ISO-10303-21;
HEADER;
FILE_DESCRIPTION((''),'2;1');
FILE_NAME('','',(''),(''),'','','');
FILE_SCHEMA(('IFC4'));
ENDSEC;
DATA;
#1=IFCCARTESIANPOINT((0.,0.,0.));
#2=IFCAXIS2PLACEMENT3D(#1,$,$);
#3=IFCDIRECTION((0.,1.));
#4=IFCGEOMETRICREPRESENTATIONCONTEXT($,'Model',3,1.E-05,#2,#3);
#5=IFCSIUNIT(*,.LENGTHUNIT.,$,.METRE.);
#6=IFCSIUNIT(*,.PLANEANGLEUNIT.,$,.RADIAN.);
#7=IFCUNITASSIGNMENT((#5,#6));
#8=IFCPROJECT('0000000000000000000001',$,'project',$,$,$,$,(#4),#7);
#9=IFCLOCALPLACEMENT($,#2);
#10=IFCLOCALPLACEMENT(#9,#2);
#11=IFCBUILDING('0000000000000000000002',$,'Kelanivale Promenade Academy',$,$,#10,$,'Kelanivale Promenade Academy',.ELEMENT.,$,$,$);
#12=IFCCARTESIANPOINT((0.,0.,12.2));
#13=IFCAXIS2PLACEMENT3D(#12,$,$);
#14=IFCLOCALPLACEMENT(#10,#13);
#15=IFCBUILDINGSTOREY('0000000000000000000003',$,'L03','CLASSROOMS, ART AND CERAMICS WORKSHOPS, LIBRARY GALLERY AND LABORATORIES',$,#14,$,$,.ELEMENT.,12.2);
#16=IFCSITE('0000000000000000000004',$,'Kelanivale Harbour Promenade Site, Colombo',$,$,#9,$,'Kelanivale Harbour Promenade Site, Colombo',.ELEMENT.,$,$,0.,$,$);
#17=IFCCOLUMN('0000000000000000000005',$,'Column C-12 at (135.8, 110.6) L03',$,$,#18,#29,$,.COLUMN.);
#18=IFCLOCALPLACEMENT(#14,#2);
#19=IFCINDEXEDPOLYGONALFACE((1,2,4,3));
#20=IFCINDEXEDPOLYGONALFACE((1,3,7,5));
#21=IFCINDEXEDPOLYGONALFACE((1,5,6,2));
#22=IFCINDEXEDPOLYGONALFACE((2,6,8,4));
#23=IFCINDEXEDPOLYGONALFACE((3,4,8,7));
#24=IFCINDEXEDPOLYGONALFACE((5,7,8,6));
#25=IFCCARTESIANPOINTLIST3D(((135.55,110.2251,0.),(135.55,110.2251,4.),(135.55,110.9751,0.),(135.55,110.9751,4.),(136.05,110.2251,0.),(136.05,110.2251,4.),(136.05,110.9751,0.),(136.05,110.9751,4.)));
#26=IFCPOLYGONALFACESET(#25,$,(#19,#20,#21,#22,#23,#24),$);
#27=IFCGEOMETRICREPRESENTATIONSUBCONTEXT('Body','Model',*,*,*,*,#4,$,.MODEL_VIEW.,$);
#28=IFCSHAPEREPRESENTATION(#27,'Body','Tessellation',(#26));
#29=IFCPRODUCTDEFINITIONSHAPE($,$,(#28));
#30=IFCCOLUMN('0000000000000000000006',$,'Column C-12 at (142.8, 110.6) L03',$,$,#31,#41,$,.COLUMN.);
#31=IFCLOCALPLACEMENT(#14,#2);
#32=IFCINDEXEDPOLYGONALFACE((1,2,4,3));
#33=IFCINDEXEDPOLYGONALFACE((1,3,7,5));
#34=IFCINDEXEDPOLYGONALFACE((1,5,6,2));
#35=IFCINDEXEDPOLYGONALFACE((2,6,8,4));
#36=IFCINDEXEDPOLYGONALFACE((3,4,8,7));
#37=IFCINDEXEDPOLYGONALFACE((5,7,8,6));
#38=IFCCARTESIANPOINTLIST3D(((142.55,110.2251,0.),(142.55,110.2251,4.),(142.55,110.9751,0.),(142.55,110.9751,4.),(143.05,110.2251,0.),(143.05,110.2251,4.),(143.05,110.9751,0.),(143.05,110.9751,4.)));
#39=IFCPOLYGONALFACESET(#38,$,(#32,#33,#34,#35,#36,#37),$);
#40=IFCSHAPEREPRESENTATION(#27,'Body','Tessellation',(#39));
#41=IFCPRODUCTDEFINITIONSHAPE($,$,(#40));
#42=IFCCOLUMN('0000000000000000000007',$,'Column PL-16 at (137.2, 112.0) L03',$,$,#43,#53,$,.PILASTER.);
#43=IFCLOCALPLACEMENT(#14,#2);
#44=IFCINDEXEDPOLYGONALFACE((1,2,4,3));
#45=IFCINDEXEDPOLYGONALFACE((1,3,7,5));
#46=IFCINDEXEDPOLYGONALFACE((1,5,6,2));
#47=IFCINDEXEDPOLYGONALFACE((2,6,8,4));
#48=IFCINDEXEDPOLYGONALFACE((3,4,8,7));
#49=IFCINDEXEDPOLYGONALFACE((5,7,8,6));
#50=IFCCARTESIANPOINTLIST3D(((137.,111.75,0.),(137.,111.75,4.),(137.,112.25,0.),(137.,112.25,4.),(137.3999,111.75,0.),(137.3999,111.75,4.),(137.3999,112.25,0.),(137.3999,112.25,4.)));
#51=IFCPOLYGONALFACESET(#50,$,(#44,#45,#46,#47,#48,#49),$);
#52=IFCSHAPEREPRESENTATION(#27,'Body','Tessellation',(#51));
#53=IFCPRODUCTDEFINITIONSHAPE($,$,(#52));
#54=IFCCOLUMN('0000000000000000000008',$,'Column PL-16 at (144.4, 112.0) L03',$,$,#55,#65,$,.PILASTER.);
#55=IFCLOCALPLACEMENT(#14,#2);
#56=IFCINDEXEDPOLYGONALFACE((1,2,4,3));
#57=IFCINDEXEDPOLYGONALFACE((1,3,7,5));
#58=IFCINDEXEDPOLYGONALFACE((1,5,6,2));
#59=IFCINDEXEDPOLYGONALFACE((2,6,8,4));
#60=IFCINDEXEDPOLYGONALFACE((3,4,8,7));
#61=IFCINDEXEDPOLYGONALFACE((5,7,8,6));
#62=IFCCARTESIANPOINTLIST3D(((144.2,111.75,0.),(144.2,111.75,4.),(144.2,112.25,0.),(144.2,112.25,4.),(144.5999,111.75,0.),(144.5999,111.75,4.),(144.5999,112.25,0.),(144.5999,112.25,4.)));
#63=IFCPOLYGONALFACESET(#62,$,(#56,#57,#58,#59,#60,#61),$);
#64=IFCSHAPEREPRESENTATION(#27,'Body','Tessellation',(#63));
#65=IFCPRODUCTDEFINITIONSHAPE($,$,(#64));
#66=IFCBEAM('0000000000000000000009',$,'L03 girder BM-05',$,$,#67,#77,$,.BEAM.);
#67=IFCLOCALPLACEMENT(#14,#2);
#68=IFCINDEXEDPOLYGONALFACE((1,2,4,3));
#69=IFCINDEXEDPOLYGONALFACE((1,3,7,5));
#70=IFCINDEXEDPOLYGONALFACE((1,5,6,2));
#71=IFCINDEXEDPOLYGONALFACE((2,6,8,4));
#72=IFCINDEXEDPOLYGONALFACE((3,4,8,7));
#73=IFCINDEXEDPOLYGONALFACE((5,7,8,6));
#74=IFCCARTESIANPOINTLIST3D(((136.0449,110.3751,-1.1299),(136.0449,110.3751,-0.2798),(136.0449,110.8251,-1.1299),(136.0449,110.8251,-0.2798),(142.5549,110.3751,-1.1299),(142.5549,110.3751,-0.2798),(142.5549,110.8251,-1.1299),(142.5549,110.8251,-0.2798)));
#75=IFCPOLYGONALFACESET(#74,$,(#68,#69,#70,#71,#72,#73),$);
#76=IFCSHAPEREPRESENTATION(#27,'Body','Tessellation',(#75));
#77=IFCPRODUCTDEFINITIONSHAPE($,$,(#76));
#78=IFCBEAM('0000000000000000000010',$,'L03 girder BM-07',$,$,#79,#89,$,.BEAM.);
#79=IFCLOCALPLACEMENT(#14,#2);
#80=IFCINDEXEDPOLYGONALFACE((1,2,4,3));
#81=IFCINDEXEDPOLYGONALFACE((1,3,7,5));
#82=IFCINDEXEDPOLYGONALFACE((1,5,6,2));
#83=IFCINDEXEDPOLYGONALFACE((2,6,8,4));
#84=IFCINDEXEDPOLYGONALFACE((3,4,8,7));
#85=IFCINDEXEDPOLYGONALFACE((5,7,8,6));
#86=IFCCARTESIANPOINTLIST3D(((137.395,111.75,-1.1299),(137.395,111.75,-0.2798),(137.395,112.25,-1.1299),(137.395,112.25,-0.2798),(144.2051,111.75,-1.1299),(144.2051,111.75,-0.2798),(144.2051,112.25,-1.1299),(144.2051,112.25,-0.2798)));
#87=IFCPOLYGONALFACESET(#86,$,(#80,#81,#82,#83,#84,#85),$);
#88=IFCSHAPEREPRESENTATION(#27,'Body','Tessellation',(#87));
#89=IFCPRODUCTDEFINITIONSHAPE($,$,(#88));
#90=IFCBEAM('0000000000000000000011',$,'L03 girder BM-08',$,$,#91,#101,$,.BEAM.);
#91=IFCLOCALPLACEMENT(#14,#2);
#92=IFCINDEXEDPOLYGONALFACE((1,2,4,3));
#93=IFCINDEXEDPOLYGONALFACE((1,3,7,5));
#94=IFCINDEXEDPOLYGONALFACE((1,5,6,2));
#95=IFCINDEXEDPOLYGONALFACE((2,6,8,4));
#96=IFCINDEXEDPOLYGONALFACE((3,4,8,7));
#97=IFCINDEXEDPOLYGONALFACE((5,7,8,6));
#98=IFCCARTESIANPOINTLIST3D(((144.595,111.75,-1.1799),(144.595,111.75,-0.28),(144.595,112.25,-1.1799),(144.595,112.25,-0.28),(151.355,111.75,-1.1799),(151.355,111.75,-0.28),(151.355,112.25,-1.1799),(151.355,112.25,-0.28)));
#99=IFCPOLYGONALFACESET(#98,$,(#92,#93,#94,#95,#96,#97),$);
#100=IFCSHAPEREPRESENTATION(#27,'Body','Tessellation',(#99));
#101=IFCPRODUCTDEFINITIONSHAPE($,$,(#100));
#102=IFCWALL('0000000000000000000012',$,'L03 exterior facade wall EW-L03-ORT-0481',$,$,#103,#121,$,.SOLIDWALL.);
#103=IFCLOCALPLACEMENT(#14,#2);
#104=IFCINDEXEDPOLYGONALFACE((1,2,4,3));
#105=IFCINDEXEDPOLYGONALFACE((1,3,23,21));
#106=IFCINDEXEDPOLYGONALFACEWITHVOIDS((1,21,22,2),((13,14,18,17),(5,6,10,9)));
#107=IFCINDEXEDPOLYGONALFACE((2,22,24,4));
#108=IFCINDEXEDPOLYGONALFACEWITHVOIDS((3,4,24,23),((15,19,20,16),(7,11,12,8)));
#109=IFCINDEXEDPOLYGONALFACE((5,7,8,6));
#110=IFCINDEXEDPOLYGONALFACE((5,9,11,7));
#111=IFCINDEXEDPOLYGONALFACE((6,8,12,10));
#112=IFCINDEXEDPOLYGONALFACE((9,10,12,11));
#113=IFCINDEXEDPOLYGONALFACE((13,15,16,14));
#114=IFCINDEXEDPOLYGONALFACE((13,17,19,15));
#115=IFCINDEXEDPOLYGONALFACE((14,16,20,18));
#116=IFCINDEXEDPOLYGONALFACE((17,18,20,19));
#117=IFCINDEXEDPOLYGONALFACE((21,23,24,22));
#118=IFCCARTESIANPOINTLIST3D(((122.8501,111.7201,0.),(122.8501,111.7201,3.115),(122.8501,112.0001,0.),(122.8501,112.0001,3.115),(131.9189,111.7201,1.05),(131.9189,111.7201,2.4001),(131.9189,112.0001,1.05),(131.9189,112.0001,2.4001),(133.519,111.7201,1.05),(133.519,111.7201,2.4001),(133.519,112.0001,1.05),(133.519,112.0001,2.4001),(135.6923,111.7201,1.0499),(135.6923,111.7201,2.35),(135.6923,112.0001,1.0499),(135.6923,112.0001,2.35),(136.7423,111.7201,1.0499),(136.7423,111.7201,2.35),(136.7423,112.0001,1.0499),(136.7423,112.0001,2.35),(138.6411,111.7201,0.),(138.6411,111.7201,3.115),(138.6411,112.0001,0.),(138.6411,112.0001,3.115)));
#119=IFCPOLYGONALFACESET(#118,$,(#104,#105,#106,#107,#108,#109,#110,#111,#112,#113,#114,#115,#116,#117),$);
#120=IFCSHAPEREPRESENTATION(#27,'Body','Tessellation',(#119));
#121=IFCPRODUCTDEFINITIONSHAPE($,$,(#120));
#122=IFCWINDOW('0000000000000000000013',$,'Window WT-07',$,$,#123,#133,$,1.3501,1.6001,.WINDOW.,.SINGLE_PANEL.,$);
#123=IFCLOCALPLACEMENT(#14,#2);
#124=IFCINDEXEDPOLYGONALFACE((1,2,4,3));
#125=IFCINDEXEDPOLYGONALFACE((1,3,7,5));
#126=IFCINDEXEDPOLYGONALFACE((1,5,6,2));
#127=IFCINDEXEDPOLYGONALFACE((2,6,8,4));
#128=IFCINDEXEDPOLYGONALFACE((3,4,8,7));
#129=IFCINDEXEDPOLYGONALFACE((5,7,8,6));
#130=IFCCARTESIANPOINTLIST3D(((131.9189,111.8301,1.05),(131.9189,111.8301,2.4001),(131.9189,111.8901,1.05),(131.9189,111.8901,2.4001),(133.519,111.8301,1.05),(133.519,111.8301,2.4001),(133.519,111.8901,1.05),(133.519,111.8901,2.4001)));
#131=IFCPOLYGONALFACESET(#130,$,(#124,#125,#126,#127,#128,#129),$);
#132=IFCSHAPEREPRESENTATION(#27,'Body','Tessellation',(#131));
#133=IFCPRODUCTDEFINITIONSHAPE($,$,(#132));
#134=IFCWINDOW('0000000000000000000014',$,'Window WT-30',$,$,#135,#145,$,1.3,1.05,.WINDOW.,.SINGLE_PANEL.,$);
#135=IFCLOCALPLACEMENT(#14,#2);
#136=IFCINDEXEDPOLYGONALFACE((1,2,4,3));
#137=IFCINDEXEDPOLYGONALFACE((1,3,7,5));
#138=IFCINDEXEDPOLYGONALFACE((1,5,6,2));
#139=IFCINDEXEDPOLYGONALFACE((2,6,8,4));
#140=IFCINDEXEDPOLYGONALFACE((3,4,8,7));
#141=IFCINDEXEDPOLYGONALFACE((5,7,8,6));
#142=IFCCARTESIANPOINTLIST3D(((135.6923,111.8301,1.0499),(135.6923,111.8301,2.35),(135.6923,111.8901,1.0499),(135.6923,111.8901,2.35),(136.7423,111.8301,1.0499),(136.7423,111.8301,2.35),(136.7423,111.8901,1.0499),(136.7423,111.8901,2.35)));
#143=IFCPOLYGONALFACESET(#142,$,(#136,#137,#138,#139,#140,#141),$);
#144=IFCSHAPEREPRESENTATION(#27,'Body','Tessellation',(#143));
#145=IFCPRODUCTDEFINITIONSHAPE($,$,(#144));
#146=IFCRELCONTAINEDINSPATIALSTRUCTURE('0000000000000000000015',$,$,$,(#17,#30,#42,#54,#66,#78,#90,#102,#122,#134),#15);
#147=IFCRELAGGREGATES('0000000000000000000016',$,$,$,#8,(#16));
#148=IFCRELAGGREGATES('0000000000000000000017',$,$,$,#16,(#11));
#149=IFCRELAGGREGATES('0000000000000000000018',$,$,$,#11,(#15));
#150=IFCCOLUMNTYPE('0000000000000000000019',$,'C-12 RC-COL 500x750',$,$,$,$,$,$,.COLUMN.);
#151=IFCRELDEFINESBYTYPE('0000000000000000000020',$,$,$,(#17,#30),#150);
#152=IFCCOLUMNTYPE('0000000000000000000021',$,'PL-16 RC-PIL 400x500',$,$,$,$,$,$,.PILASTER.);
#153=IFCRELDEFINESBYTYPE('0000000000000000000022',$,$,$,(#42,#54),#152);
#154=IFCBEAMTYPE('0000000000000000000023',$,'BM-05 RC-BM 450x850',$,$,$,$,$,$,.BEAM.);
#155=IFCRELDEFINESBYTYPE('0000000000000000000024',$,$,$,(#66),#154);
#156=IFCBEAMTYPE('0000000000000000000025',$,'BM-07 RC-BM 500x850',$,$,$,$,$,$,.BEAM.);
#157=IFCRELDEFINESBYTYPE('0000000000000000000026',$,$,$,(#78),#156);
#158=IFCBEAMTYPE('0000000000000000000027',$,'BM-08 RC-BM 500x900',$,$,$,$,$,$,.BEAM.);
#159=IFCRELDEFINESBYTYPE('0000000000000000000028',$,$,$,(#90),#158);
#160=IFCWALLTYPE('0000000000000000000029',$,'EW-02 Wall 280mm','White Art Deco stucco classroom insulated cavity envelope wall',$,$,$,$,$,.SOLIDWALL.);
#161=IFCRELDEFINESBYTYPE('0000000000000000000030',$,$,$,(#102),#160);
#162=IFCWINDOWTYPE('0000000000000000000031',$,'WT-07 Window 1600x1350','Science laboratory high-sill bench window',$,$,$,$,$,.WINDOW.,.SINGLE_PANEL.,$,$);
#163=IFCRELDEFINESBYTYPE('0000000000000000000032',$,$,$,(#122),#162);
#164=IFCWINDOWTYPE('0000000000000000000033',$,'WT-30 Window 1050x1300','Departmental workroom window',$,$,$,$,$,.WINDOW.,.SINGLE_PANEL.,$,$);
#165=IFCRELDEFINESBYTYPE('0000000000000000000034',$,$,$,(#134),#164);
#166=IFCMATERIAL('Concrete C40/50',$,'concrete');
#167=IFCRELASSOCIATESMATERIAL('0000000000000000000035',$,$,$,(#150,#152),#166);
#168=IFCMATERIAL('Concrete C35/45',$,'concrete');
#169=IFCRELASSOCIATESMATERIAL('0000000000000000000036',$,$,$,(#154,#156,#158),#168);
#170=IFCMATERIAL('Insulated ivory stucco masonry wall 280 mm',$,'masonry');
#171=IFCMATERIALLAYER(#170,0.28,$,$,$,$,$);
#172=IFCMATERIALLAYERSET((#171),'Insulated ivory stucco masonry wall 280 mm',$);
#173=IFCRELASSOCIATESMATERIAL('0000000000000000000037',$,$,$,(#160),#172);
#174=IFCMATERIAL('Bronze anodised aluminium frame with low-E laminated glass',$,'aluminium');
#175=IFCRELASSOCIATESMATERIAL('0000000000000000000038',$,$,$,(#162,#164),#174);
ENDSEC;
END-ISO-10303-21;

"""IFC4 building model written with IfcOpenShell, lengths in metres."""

from ifc_helpers import new_model, si_unit, direction, frame, frame_2d, origin, origin_2d, place, context, subcontext, project, spatial, rectangle, extrude, material, layer, layer_set, material_profile, profile_set, type_object, element, fill, save


model = new_model("IFC4")

# Units and contexts
model_context = context("Model", 3, precision=1e-05, world=origin(), true_north=direction((0.0, 1.0)))
body_context = subcontext(model_context, "Body", "Model", "MODEL_VIEW")
ifc_project = project(units=[si_unit("LENGTHUNIT", "METRE"), si_unit("PLANEANGLEUNIT", "RADIAN")], contexts=[model_context])

# Site, building, storey
site_placement = place(None, origin())
site = spatial("IfcSite", under=ifc_project, at=site_placement, Name="Kelanivale Harbour Promenade Site, Colombo", LongName="Kelanivale Harbour Promenade Site, Colombo", CompositionType="ELEMENT", RefElevation=0.0)
building_placement = place(site_placement, origin())
building = spatial("IfcBuilding", under=site, at=building_placement, Name="Kelanivale Promenade Academy", LongName="Kelanivale Promenade Academy", CompositionType="ELEMENT")
storey_placement = place(building_placement, frame((0.0, 0.0, 12.2)))
storey = spatial("IfcBuildingStorey", under=building, at=storey_placement, Name="L03", Description="CLASSROOMS, ART AND CERAMICS WORKSHOPS, LIBRARY GALLERY AND LABORATORIES", CompositionType="ELEMENT", Elevation=12.2)

# Columns
ifc_material_1 = material(Name="Concrete C40/50", Category="concrete")
ifc_material_profile_1 = material_profile(ifc_material_1, rectangle(XDim=0.5, YDim=0.75, at=origin_2d()), Name="RC-COL 500x750")
ifc_profile_set_1 = profile_set([ifc_material_profile_1], Name="Concrete C40/50")
column_type_1 = type_object("IfcColumnType", Name="C-12 RC-COL 500x750", PredefinedType="COLUMN", material=ifc_profile_set_1)
for number, where, z_axis, x_axis, name in (
    (1, (135.8, 110.6001, 0.0), (0.0, 0.0, 1.0), (1.0, 0.0, 0.0), "Column C-12 at (135.8, 110.6) L03"),
    (2, (142.8, 110.6001, 0.0), (0.0, 0.0, 1.0), (1.0, 0.0, 0.0), "Column C-12 at (142.8, 110.6) L03"),
):
    element("IfcColumn", number, at=place(storey_placement, frame(where, z_axis=z_axis, x_axis=x_axis)), inside=storey, type_object=column_type_1, Name=name, PredefinedType="COLUMN", context=body_context, shape_type="SweptSolid", body=[
        extrude(rectangle(XDim=0.5, YDim=0.75, at=origin_2d()), origin(), (0.0, 0.0, 1.0), 4.0),
    ])
ifc_material_profile_2 = material_profile(ifc_material_1, rectangle(XDim=0.3999, YDim=0.5, at=origin_2d()), Name="RC-PIL 400x500")
ifc_profile_set_2 = profile_set([ifc_material_profile_2], Name="Concrete C40/50")
column_type_2 = type_object("IfcColumnType", Name="PL-16 RC-PIL 400x500", PredefinedType="PILASTER", material=ifc_profile_set_2)
for number, where, z_axis, x_axis, name in (
    (3, (137.2, 112.0, 0.0), (0.0, 0.0, 1.0), (1.0, 0.0, 0.0), "Column PL-16 at (137.2, 112.0) L03"),
    (4, (144.3999, 112.0, 0.0), (0.0, 0.0, 1.0), (1.0, 0.0, 0.0), "Column PL-16 at (144.4, 112.0) L03"),
):
    element("IfcColumn", number, at=place(storey_placement, frame(where, z_axis=z_axis, x_axis=x_axis)), inside=storey, type_object=column_type_2, Name=name, PredefinedType="PILASTER", context=body_context, shape_type="SweptSolid", body=[
        extrude(rectangle(XDim=0.3999, YDim=0.5, at=origin_2d()), origin(), (0.0, 0.0, 1.0), 4.0),
    ])

# Beams
ifc_material_2 = material(Name="Concrete C35/45", Category="concrete")
ifc_material_profile_3 = material_profile(ifc_material_2, rectangle(XDim=0.45, YDim=0.8501, at=origin_2d()), Name="RC-BM 450x850")
ifc_profile_set_3 = profile_set([ifc_material_profile_3], Name="Concrete C35/45")
beam_type_1 = type_object("IfcBeamType", Name="BM-05 RC-BM 450x850", PredefinedType="BEAM", material=ifc_profile_set_3)
beam_1_placement = place(storey_placement, frame((136.0449, 110.6001, -0.7048), z_axis=(1.0, 0.0, 0.0), x_axis=(0.0, 1.0, 0.0)))
element("IfcBeam", 5, at=beam_1_placement, inside=storey, type_object=beam_type_1, Name="L03 girder BM-05", PredefinedType="BEAM", context=body_context, shape_type="SweptSolid", body=[
    extrude(rectangle(XDim=0.45, YDim=0.8501, at=origin_2d()), origin(), (0.0, 0.0, 1.0), 6.51),
])
ifc_material_profile_4 = material_profile(ifc_material_2, rectangle(XDim=0.5, YDim=0.8501, at=origin_2d()), Name="RC-BM 500x850")
ifc_profile_set_4 = profile_set([ifc_material_profile_4], Name="Concrete C35/45")
beam_type_2 = type_object("IfcBeamType", Name="BM-07 RC-BM 500x850", PredefinedType="BEAM", material=ifc_profile_set_4)
beam_2_placement = place(storey_placement, frame((137.395, 112.0, -0.7048), z_axis=(1.0, 0.0, 0.0), x_axis=(0.0, 1.0, 0.0)))
element("IfcBeam", 6, at=beam_2_placement, inside=storey, type_object=beam_type_2, Name="L03 girder BM-07", PredefinedType="BEAM", context=body_context, shape_type="SweptSolid", body=[
    extrude(rectangle(XDim=0.5, YDim=0.8501, at=origin_2d()), origin(), (0.0, 0.0, 1.0), 6.8101),
])
ifc_material_profile_5 = material_profile(ifc_material_2, rectangle(XDim=0.5, YDim=0.8999, at=origin_2d()), Name="RC-BM 500x900")
ifc_profile_set_5 = profile_set([ifc_material_profile_5], Name="Concrete C35/45")
beam_type_3 = type_object("IfcBeamType", Name="BM-08 RC-BM 500x900", PredefinedType="BEAM", material=ifc_profile_set_5)
beam_3_placement = place(storey_placement, frame((144.595, 112.0, -0.73), z_axis=(1.0, 0.0, 0.0), x_axis=(0.0, 1.0, 0.0)))
element("IfcBeam", 7, at=beam_3_placement, inside=storey, type_object=beam_type_3, Name="L03 girder BM-08", PredefinedType="BEAM", context=body_context, shape_type="SweptSolid", body=[
    extrude(rectangle(XDim=0.5, YDim=0.8999, at=origin_2d()), origin(), (0.0, 0.0, 1.0), 6.76),
])

# Wall, openings, windows
ifc_material_3 = material(Name="Insulated ivory stucco masonry wall 280 mm", Category="masonry")
ifc_layer_1 = layer(ifc_material_3, 0.28)
ifc_layer_set_1 = layer_set([ifc_layer_1], Name="Insulated ivory stucco masonry wall 280 mm")
wall_type_1 = type_object("IfcWallType", Name="EW-02 Wall 280mm", Description="White Art Deco stucco classroom insulated cavity envelope wall", PredefinedType="SOLIDWALL", material=ifc_layer_set_1)
wall_1_placement = place(storey_placement, frame((138.6411, 111.8601, 0.0), z_axis=(0.0, 0.0, 1.0), x_axis=(-1.0, 0.0, 0.0)))
wall_1 = element("IfcWall", 8, at=wall_1_placement, inside=storey, type_object=wall_type_1, Name="L03 exterior facade wall EW-L03-ORT-0481", PredefinedType="SOLIDWALL", context=body_context, shape_type="SweptSolid", body=[
    extrude(rectangle(XDim=15.791, YDim=0.28, at=frame_2d((7.8955, 0.0))), origin(), (0.0, 0.0, 1.0), 3.115),
])
opening_1_placement = place(wall_1_placement, frame((1.8989, 0.0, 1.05)))
opening_1 = element("IfcOpeningElement", 9, at=opening_1_placement, cuts=wall_1, PredefinedType="OPENING", context=body_context, shape_type="SweptSolid", body=[
    extrude(rectangle(XDim=1.05, YDim=1.3, at=frame_2d((0.5249, 0.6499))), frame((0.0, 0.1499, 0.0), z_axis=(0.0, -1.0, 0.0), x_axis=(1.0, 0.0, 0.0)), (0.0, 0.0, 1.0), 0.3),
])
opening_2_placement = place(wall_1_placement, frame((5.1221, 0.0, 1.05)))
opening_2 = element("IfcOpeningElement", 10, at=opening_2_placement, cuts=wall_1, PredefinedType="OPENING", context=body_context, shape_type="SweptSolid", body=[
    extrude(rectangle(XDim=1.6001, YDim=1.3501, at=frame_2d((0.8, 0.675))), frame((0.0, 0.1499, 0.0), z_axis=(0.0, -1.0, 0.0), x_axis=(1.0, 0.0, 0.0)), (0.0, 0.0, 1.0), 0.3),
])
ifc_material_4 = material(Name="Bronze anodised aluminium frame with low-E laminated glass", Category="aluminium")
window_type_1 = type_object("IfcWindowType", Name="WT-07 Window 1600x1350", Description="Science laboratory high-sill bench window", PartitioningType="SINGLE_PANEL", PredefinedType="WINDOW", material=ifc_material_4)
window_1_placement = place(opening_2_placement, origin())
window_1 = element("IfcWindow", 11, at=window_1_placement, inside=storey, type_object=window_type_1, Name="Window WT-07", OverallHeight=1.3501, OverallWidth=1.6001, PartitioningType="SINGLE_PANEL", PredefinedType="WINDOW", context=body_context, shape_type="SweptSolid", body=[
    extrude(rectangle(XDim=1.6001, YDim=1.3501, at=frame_2d((0.8, 0.675))), frame((0.0, 0.03, 0.0), z_axis=(0.0, -1.0, 0.0), x_axis=(1.0, 0.0, 0.0)), (0.0, 0.0, 1.0), 0.0601),
])
fill(opening_2, window_1)
window_type_2 = type_object("IfcWindowType", Name="WT-30 Window 1050x1300", Description="Departmental workroom window", PartitioningType="SINGLE_PANEL", PredefinedType="WINDOW", material=ifc_material_4)
window_2_placement = place(opening_1_placement, origin())
window_2 = element("IfcWindow", 12, at=window_2_placement, inside=storey, type_object=window_type_2, Name="Window WT-30", OverallHeight=1.3, OverallWidth=1.05, PartitioningType="SINGLE_PANEL", PredefinedType="WINDOW", context=body_context, shape_type="SweptSolid", body=[
    extrude(rectangle(XDim=1.05, YDim=1.3, at=frame_2d((0.5249, 0.6499))), frame((0.0, 0.03, 0.0), z_axis=(0.0, -1.0, 0.0), x_axis=(1.0, 0.0, 0.0)), (0.0, 0.0, 1.0), 0.0601),
])
fill(opening_1, window_2)

save(model, "model.ifc")
